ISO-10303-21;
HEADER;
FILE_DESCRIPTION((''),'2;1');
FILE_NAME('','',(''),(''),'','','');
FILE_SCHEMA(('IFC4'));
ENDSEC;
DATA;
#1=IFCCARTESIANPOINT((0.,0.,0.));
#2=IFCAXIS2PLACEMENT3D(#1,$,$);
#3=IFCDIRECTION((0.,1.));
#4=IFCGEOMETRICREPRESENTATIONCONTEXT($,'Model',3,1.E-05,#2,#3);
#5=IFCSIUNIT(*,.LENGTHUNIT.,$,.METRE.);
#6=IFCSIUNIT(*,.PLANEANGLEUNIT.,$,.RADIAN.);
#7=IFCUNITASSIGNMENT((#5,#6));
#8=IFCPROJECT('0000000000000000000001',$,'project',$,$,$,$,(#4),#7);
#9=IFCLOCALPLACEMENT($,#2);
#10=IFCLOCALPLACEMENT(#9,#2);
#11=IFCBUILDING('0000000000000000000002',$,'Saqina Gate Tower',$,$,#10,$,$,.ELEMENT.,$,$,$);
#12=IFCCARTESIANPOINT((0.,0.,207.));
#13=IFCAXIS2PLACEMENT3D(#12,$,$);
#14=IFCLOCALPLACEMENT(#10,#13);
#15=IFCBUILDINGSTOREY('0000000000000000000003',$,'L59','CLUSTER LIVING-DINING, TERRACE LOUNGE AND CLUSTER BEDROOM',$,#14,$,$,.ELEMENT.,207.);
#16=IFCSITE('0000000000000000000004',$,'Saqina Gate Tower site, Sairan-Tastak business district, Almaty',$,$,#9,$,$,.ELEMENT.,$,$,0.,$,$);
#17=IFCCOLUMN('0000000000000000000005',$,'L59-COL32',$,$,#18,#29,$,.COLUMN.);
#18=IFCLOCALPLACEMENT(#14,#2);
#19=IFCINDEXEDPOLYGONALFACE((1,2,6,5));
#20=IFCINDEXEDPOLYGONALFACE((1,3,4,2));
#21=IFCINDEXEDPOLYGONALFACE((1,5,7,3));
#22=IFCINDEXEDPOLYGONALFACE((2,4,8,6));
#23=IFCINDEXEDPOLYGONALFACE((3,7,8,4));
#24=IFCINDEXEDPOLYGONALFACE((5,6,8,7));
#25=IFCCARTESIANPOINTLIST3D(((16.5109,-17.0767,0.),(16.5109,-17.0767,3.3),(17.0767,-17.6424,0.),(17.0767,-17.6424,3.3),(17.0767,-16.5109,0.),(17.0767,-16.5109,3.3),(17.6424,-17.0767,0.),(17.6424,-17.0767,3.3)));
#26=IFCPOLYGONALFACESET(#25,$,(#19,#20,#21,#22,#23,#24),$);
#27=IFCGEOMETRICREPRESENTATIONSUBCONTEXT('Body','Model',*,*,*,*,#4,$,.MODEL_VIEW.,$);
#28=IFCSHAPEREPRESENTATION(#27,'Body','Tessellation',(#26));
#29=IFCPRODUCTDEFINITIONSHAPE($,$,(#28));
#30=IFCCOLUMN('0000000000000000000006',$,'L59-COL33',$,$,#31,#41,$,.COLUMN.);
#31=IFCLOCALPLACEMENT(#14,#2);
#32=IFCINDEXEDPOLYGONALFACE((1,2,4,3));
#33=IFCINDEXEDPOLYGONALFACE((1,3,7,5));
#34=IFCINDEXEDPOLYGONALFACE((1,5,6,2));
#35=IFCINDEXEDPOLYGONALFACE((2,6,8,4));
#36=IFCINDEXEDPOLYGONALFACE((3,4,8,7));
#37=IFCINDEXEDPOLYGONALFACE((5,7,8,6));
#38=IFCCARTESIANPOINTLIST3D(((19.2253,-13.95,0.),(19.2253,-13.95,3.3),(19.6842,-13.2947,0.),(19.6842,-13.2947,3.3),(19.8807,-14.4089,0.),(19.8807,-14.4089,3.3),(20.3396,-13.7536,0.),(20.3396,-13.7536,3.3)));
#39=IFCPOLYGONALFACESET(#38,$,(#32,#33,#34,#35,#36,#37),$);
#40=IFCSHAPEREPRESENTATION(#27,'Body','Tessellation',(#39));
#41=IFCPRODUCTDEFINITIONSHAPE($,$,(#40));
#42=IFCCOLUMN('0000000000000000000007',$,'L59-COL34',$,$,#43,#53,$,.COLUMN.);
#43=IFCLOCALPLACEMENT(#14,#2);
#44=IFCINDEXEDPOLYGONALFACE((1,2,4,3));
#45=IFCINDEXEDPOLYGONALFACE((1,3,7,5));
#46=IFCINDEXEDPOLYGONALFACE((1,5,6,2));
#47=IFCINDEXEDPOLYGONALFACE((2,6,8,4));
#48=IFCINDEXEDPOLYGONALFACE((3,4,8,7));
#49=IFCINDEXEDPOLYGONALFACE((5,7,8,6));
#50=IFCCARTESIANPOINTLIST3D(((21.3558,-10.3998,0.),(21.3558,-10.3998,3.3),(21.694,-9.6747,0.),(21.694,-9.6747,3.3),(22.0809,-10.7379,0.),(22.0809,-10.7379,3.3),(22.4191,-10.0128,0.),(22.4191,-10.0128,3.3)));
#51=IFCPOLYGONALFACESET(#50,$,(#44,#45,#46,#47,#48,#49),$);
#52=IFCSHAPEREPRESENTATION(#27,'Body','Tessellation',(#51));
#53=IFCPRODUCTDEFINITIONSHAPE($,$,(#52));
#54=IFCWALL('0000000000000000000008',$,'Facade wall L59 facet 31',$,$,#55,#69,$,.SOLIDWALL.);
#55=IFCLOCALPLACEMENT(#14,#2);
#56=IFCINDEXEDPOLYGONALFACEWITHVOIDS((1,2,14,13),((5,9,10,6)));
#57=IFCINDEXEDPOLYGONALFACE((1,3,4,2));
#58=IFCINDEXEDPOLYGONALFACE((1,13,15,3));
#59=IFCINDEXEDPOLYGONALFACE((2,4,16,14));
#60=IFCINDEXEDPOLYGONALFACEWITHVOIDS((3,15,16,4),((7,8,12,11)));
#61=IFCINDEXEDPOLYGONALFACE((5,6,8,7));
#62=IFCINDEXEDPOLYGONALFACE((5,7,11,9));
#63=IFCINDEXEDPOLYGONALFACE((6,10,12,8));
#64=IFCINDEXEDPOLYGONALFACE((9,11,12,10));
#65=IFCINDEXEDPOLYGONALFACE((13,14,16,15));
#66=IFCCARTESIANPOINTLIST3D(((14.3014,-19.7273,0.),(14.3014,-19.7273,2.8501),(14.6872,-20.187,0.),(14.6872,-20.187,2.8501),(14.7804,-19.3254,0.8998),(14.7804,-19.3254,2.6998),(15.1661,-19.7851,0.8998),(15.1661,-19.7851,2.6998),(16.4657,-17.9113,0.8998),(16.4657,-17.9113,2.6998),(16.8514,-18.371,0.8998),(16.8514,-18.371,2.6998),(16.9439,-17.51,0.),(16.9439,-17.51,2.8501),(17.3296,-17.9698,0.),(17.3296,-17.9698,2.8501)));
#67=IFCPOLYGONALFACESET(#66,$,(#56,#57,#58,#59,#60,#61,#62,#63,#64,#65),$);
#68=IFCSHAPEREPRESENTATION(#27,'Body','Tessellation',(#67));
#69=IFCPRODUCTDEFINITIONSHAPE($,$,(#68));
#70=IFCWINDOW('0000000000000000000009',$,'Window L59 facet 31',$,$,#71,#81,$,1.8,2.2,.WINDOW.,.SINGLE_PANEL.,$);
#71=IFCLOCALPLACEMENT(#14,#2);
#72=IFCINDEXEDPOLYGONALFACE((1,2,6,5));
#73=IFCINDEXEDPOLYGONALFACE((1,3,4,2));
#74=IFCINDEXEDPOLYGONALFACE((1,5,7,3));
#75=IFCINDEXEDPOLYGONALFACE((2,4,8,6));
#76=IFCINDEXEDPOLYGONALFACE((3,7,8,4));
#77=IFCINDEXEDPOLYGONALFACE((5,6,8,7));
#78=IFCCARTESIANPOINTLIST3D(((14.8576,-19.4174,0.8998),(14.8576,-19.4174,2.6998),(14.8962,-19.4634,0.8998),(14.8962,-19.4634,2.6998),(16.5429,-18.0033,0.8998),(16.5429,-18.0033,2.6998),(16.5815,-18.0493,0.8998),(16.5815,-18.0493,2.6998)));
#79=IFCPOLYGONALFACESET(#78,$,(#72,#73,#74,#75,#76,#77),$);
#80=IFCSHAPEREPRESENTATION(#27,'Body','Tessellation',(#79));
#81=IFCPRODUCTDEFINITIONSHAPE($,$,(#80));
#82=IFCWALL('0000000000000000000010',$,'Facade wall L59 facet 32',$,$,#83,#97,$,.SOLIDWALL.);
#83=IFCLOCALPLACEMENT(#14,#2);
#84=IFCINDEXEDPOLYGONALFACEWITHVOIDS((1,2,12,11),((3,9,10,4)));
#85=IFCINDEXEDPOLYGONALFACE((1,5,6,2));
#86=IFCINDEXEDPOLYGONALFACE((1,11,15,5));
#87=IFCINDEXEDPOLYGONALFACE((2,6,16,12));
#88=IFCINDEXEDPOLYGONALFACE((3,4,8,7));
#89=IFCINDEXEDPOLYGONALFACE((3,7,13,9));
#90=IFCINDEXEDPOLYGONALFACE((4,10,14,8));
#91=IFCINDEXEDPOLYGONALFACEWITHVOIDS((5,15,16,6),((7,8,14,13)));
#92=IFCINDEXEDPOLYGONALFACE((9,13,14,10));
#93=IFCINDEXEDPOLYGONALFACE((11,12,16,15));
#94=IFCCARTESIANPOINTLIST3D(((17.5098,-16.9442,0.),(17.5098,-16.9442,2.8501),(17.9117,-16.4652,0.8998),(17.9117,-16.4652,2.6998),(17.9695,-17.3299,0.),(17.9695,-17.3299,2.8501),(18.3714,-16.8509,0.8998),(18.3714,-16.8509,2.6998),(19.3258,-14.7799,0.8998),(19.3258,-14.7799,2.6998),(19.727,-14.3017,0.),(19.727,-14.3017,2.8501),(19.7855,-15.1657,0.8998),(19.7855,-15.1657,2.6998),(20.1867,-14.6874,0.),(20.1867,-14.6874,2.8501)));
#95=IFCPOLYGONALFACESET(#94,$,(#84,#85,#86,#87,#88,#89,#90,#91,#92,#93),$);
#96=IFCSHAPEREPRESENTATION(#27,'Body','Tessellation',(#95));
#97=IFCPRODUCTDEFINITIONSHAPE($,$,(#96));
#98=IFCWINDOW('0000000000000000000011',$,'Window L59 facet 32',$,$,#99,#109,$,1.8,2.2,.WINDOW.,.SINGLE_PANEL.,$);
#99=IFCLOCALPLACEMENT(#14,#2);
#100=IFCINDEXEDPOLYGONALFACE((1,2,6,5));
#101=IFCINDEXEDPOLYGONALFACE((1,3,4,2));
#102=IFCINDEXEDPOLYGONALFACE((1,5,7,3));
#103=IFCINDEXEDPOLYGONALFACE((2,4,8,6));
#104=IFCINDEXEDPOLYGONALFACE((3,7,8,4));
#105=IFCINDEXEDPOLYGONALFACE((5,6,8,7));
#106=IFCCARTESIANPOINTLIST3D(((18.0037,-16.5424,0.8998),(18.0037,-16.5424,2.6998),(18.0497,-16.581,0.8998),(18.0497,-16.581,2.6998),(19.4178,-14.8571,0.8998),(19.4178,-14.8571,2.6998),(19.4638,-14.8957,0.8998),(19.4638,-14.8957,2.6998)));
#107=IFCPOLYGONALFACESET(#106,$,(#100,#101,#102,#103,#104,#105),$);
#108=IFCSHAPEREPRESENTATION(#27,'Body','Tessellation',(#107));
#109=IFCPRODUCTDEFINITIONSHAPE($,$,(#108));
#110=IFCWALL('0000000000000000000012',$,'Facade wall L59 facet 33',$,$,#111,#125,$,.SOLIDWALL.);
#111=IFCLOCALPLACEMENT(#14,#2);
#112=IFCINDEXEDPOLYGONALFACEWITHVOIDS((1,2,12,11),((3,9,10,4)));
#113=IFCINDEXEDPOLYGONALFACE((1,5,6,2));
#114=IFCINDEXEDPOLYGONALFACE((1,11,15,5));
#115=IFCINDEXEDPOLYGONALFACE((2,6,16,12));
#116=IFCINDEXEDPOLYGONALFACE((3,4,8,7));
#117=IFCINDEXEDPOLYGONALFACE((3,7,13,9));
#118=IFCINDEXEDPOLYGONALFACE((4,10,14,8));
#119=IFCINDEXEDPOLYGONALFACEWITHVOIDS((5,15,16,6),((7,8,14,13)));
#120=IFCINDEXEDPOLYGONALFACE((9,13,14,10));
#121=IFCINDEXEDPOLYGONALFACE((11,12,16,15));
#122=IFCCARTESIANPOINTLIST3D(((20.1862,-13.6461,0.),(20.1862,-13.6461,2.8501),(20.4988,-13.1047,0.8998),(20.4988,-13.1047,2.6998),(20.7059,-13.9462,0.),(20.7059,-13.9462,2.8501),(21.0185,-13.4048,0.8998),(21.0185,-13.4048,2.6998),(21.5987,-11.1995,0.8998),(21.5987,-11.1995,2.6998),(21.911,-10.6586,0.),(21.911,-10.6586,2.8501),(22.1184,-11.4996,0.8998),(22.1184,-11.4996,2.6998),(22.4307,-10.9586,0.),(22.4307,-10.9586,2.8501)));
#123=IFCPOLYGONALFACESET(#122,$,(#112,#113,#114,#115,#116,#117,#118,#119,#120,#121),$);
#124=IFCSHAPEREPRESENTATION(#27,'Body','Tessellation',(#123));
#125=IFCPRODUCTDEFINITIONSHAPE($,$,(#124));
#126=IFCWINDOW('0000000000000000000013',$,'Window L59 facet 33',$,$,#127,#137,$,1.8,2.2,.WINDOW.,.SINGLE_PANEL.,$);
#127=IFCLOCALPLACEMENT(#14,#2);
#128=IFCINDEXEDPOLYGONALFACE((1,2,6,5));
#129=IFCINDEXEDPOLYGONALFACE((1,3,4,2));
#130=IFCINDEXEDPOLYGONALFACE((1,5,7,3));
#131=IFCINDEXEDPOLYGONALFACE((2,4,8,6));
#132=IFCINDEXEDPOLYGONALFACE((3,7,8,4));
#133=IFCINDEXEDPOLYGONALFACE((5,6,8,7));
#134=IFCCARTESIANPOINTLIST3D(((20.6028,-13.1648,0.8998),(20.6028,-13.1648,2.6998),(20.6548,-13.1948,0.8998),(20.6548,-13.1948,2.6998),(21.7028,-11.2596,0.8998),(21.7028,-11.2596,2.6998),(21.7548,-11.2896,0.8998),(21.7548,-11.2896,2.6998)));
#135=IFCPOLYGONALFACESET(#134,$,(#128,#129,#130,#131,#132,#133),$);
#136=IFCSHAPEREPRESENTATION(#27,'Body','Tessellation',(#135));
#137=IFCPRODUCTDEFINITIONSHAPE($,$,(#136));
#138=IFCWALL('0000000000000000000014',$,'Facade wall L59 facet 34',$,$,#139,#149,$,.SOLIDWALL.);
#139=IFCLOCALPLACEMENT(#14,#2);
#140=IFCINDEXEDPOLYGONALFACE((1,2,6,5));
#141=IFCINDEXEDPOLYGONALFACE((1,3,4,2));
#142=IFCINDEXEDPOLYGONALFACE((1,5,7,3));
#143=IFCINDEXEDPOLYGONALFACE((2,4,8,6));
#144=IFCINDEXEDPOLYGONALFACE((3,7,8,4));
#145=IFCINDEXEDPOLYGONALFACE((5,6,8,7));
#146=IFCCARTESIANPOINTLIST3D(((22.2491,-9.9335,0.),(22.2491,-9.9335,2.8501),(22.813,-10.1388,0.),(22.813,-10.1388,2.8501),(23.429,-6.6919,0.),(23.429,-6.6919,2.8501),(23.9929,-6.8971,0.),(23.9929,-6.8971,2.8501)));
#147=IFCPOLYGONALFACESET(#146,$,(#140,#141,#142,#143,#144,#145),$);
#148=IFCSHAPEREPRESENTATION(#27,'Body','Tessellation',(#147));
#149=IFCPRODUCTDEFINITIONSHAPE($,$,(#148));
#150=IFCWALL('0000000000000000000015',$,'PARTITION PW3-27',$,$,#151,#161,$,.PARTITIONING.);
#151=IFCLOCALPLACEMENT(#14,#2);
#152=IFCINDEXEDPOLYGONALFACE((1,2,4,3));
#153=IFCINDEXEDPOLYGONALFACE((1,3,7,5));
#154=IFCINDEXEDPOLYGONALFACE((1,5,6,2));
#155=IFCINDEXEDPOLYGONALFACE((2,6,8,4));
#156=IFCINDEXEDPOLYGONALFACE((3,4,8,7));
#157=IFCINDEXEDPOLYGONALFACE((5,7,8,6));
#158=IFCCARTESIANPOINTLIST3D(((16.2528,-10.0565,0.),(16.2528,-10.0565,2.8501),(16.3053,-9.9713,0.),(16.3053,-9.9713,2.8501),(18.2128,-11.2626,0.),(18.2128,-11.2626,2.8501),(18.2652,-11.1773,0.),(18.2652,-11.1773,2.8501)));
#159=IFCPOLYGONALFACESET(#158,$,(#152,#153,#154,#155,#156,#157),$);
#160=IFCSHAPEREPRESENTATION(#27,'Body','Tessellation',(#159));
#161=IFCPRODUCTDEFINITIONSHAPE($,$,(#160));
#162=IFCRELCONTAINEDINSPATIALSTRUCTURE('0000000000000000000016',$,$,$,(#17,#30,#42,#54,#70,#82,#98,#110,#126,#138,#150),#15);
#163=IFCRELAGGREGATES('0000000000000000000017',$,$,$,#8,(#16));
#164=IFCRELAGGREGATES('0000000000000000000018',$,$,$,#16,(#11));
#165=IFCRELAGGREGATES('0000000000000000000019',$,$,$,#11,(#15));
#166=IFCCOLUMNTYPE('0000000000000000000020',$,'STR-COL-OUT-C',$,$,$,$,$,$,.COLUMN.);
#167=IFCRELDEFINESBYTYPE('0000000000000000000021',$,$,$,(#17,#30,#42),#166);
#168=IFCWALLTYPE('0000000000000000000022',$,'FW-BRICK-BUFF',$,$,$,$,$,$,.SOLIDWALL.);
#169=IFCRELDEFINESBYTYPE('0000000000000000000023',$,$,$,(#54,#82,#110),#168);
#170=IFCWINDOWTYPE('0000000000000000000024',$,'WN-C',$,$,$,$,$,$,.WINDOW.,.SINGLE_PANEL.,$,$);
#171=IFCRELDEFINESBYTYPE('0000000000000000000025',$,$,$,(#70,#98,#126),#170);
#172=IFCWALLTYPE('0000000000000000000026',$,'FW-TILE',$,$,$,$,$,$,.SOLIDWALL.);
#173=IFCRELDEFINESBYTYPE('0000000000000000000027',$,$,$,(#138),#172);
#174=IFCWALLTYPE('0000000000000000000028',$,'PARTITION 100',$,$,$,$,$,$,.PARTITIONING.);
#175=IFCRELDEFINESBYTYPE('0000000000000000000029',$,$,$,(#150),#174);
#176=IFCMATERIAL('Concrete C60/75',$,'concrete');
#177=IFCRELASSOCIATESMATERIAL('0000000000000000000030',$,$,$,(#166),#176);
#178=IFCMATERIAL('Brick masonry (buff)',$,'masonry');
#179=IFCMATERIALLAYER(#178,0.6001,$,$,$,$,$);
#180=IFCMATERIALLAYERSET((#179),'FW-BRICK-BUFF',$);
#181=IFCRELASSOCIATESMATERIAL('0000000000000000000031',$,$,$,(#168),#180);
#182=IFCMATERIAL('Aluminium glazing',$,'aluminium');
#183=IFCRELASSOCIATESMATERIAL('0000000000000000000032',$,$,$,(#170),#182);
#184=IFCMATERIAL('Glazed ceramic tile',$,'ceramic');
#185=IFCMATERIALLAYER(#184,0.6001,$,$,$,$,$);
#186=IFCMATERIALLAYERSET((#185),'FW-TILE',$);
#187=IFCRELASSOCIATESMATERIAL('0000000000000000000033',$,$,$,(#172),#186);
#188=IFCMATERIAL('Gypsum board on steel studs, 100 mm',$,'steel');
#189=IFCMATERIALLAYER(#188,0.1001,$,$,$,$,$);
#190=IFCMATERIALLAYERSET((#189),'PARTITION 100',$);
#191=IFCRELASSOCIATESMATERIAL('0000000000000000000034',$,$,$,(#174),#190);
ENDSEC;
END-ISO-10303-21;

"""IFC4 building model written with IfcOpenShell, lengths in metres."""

from ifc_helpers import new_model, si_unit, direction, frame, frame_2d, origin, origin_2d, place, context, subcontext, project, spatial, rectangle, extrude, material, layer, layer_set, material_profile, profile_set, type_object, element, fill, save


model = new_model("IFC4")

# Units and contexts
model_context = context("Model", 3, precision=1e-05, world=origin(), true_north=direction((0.0, 1.0)))
body_context = subcontext(model_context, "Body", "Model", "MODEL_VIEW")
ifc_project = project(units=[si_unit("LENGTHUNIT", "METRE"), si_unit("PLANEANGLEUNIT", "RADIAN")], contexts=[model_context])

# Site, building, storey
site_placement = place(None, origin())
site = spatial("IfcSite", under=ifc_project, at=site_placement, Name="Saqina Gate Tower site, Sairan-Tastak business district, Almaty", CompositionType="ELEMENT", RefElevation=0.0)
building_placement = place(site_placement, origin())
building = spatial("IfcBuilding", under=site, at=building_placement, Name="Saqina Gate Tower", CompositionType="ELEMENT")
storey_placement = place(building_placement, frame((0.0, 0.0, 207.0)))
storey = spatial("IfcBuildingStorey", under=building, at=storey_placement, Name="L59", Description="CLUSTER LIVING-DINING, TERRACE LOUNGE AND CLUSTER BEDROOM", CompositionType="ELEMENT", Elevation=207.0)

# Columns
ifc_material_1 = material(Name="Concrete C60/75", Category="concrete")
ifc_material_profile = material_profile(ifc_material_1, rectangle(XDim=0.8, YDim=0.8, at=origin_2d()), Name="RC 800x800")
ifc_profile_set = profile_set([ifc_material_profile], Name="Concrete C60/75")
column_type = type_object("IfcColumnType", Name="STR-COL-OUT-C", PredefinedType="COLUMN", material=ifc_profile_set)
for number, where, z_axis, x_axis, name in (
    (1, (17.0767, -17.0767, 0.0), (0.0, 0.0, 1.0), (0.707107, -0.707107, 0.0), "L59-COL32"),
    (2, (19.7825, -13.8518, 0.0), (0.0, 0.0, 1.0), (0.819152, -0.573576, 0.0), "L59-COL33"),
    (3, (21.8875, -10.2063, 0.0), (0.0, 0.0, 1.0), (0.906308, -0.422618, 0.0), "L59-COL34"),
):
    element("IfcColumn", number, at=place(storey_placement, frame(where, z_axis=z_axis, x_axis=x_axis)), inside=storey, type_object=column_type, Name=name, PredefinedType="COLUMN", context=body_context, shape_type="SweptSolid", body=[
        extrude(rectangle(XDim=0.8, YDim=0.8, at=origin_2d()), origin(), (0.0, 0.0, 1.0), 3.3),
    ])

# Walls, openings, windows
ifc_material_2 = material(Name="Brick masonry (buff)", Category="masonry")
ifc_layer_1 = layer(ifc_material_2, 0.6001)
ifc_layer_set_1 = layer_set([ifc_layer_1], Name="FW-BRICK-BUFF")
wall_type_1 = type_object("IfcWallType", Name="FW-BRICK-BUFF", PredefinedType="SOLIDWALL", material=ifc_layer_set_1)
wall_1_placement = place(storey_placement, frame((14.4944, -19.957, 0.0), z_axis=(0.0, 0.0, 1.0), x_axis=(0.766059, 0.64277, 0.0)))
wall_1 = element("IfcWall", 4, at=wall_1_placement, inside=storey, type_object=wall_type_1, Name="Facade wall L59 facet 31", PredefinedType="SOLIDWALL", context=body_context, shape_type="SweptSolid", body=[
    extrude(rectangle(XDim=3.4495, YDim=0.6001, at=frame_2d((1.7246, 0.0))), origin(), (0.0, 0.0, 1.0), 2.8501),
])
opening_1_placement = place(wall_1_placement, frame((0.625, 0.0, 0.8999)))
opening_1 = element("IfcOpeningElement", 5, at=opening_1_placement, cuts=wall_1, PredefinedType="OPENING", context=body_context, shape_type="SweptSolid", body=[
    extrude(rectangle(XDim=2.2, YDim=1.8, at=frame_2d((1.1001, 0.8999))), frame((0.0, 0.312, 0.0), z_axis=(0.0, -1.0, 0.0), x_axis=(1.0, 0.0, 0.0)), (0.0, 0.0, 1.0), 0.624),
])
ifc_material_3 = material(Name="Aluminium glazing", Category="aluminium")
window_type = type_object("IfcWindowType", Name="WN-C", PartitioningType="SINGLE_PANEL", PredefinedType="WINDOW", material=ifc_material_3)
window_1_placement = place(opening_1_placement, origin())
window_1 = element("IfcWindow", 6, at=window_1_placement, inside=storey, type_object=window_type, Name="Window L59 facet 31", OverallHeight=1.8, OverallWidth=2.2, PartitioningType="SINGLE_PANEL", PredefinedType="WINDOW", context=body_context, shape_type="SweptSolid", body=[
    extrude(rectangle(XDim=2.2, YDim=1.8, at=frame_2d((1.1001, 0.8999))), frame((0.0, 0.1799, 0.0), z_axis=(0.0, -1.0, 0.0), x_axis=(1.0, 0.0, 0.0)), (0.0, 0.0, 1.0), 0.0601),
])
fill(opening_1, window_1)
wall_2_placement = place(storey_placement, frame((17.7397, -17.137, 0.0), z_axis=(0.0, 0.0, 1.0), x_axis=(0.64277, 0.766059, 0.0)))
wall_2 = element("IfcWall", 7, at=wall_2_placement, inside=storey, type_object=wall_type_1, Name="Facade wall L59 facet 32", PredefinedType="SOLIDWALL", context=body_context, shape_type="SweptSolid", body=[
    extrude(rectangle(XDim=3.4495, YDim=0.6001, at=frame_2d((1.7246, 0.0))), origin(), (0.0, 0.0, 1.0), 2.8501),
])
opening_2_placement = place(wall_2_placement, frame((0.625, 0.0, 0.8999)))
opening_2 = element("IfcOpeningElement", 8, at=opening_2_placement, cuts=wall_2, PredefinedType="OPENING", context=body_context, shape_type="SweptSolid", body=[
    extrude(rectangle(XDim=2.2, YDim=1.8, at=frame_2d((1.1001, 0.8999))), frame((0.0, 0.312, 0.0), z_axis=(0.0, -1.0, 0.0), x_axis=(1.0, 0.0, 0.0)), (0.0, 0.0, 1.0), 0.624),
])
window_2_placement = place(opening_2_placement, origin())
window_2 = element("IfcWindow", 9, at=window_2_placement, inside=storey, type_object=window_type, Name="Window L59 facet 32", OverallHeight=1.8, OverallWidth=2.2, PartitioningType="SINGLE_PANEL", PredefinedType="WINDOW", context=body_context, shape_type="SweptSolid", body=[
    extrude(rectangle(XDim=2.2, YDim=1.8, at=frame_2d((1.1001, 0.8999))), frame((0.0, 0.1799, 0.0), z_axis=(0.0, -1.0, 0.0), x_axis=(1.0, 0.0, 0.0)), (0.0, 0.0, 1.0), 0.0601),
])
fill(opening_2, window_2)
wall_3_placement = place(storey_placement, frame((20.446, -13.7961, 0.0), z_axis=(0.0, 0.0, 1.0), x_axis=(0.499998, 0.866026, 0.0)))
wall_3 = element("IfcWall", 10, at=wall_3_placement, inside=storey, type_object=wall_type_1, Name="Facade wall L59 facet 33", PredefinedType="SOLIDWALL", context=body_context, shape_type="SweptSolid", body=[
    extrude(rectangle(XDim=3.4497, YDim=0.6001, at=frame_2d((1.7249, 0.0))), origin(), (0.0, 0.0, 1.0), 2.8501),
])
opening_3_placement = place(wall_3_placement, frame((0.625, 0.0, 0.8999)))
opening_3 = element("IfcOpeningElement", 11, at=opening_3_placement, cuts=wall_3, PredefinedType="OPENING", context=body_context, shape_type="SweptSolid", body=[
    extrude(rectangle(XDim=2.2, YDim=1.8, at=frame_2d((1.1001, 0.8999))), frame((0.0, 0.312, 0.0), z_axis=(0.0, -1.0, 0.0), x_axis=(1.0, 0.0, 0.0)), (0.0, 0.0, 1.0), 0.624),
])
window_3_placement = place(opening_3_placement, origin())
window_3 = element("IfcWindow", 12, at=window_3_placement, inside=storey, type_object=window_type, Name="Window L59 facet 33", OverallHeight=1.8, OverallWidth=2.2, PartitioningType="SINGLE_PANEL", PredefinedType="WINDOW", context=body_context, shape_type="SweptSolid", body=[
    extrude(rectangle(XDim=2.2, YDim=1.8, at=frame_2d((1.1001, 0.8999))), frame((0.0, 0.1799, 0.0), z_axis=(0.0, -1.0, 0.0), x_axis=(1.0, 0.0, 0.0)), (0.0, 0.0, 1.0), 0.0601),
])
fill(opening_3, window_3)

# Walls
ifc_material_4 = material(Name="Glazed ceramic tile", Category="ceramic")
ifc_layer_2 = layer(ifc_material_4, 0.6001)
ifc_layer_set_2 = layer_set([ifc_layer_2], Name="FW-TILE")
wall_type_2 = type_object("IfcWallType", Name="FW-TILE", PredefinedType="SOLIDWALL", material=ifc_layer_set_2)
wall_4_placement = place(storey_placement, frame((22.531, -10.0361, 0.0), z_axis=(0.0, 0.0, 1.0), x_axis=(0.342033, 0.939688, 0.0)))
element("IfcWall", 13, at=wall_4_placement, inside=storey, type_object=wall_type_2, Name="Facade wall L59 facet 34", PredefinedType="SOLIDWALL", context=body_context, shape_type="SweptSolid", body=[
    extrude(rectangle(XDim=3.4497, YDim=0.6001, at=frame_2d((1.7249, 0.0))), origin(), (0.0, 0.0, 1.0), 2.8501),
])
ifc_material_5 = material(Name="Gypsum board on steel studs, 100 mm", Category="steel")
ifc_layer_3 = layer(ifc_material_5, 0.1001)
ifc_layer_set_3 = layer_set([ifc_layer_3], Name="PARTITION 100")
wall_type_3 = type_object("IfcWallType", Name="PARTITION 100", PredefinedType="PARTITIONING", material=ifc_layer_set_3)
wall_5_placement = place(storey_placement, frame((16.2791, -10.0139, 0.0), z_axis=(0.0, 0.0, 1.0), x_axis=(0.851673, -0.524074, 0.0)))
element("IfcWall", 14, at=wall_5_placement, inside=storey, type_object=wall_type_3, Name="PARTITION PW3-27", PredefinedType="PARTITIONING", context=body_context, shape_type="SweptSolid", body=[
    extrude(rectangle(XDim=2.3013, YDim=0.1001, at=frame_2d((1.1506, 0.0))), origin(), (0.0, 0.0, 1.0), 2.8501),
])

save(model, "model.ifc")
